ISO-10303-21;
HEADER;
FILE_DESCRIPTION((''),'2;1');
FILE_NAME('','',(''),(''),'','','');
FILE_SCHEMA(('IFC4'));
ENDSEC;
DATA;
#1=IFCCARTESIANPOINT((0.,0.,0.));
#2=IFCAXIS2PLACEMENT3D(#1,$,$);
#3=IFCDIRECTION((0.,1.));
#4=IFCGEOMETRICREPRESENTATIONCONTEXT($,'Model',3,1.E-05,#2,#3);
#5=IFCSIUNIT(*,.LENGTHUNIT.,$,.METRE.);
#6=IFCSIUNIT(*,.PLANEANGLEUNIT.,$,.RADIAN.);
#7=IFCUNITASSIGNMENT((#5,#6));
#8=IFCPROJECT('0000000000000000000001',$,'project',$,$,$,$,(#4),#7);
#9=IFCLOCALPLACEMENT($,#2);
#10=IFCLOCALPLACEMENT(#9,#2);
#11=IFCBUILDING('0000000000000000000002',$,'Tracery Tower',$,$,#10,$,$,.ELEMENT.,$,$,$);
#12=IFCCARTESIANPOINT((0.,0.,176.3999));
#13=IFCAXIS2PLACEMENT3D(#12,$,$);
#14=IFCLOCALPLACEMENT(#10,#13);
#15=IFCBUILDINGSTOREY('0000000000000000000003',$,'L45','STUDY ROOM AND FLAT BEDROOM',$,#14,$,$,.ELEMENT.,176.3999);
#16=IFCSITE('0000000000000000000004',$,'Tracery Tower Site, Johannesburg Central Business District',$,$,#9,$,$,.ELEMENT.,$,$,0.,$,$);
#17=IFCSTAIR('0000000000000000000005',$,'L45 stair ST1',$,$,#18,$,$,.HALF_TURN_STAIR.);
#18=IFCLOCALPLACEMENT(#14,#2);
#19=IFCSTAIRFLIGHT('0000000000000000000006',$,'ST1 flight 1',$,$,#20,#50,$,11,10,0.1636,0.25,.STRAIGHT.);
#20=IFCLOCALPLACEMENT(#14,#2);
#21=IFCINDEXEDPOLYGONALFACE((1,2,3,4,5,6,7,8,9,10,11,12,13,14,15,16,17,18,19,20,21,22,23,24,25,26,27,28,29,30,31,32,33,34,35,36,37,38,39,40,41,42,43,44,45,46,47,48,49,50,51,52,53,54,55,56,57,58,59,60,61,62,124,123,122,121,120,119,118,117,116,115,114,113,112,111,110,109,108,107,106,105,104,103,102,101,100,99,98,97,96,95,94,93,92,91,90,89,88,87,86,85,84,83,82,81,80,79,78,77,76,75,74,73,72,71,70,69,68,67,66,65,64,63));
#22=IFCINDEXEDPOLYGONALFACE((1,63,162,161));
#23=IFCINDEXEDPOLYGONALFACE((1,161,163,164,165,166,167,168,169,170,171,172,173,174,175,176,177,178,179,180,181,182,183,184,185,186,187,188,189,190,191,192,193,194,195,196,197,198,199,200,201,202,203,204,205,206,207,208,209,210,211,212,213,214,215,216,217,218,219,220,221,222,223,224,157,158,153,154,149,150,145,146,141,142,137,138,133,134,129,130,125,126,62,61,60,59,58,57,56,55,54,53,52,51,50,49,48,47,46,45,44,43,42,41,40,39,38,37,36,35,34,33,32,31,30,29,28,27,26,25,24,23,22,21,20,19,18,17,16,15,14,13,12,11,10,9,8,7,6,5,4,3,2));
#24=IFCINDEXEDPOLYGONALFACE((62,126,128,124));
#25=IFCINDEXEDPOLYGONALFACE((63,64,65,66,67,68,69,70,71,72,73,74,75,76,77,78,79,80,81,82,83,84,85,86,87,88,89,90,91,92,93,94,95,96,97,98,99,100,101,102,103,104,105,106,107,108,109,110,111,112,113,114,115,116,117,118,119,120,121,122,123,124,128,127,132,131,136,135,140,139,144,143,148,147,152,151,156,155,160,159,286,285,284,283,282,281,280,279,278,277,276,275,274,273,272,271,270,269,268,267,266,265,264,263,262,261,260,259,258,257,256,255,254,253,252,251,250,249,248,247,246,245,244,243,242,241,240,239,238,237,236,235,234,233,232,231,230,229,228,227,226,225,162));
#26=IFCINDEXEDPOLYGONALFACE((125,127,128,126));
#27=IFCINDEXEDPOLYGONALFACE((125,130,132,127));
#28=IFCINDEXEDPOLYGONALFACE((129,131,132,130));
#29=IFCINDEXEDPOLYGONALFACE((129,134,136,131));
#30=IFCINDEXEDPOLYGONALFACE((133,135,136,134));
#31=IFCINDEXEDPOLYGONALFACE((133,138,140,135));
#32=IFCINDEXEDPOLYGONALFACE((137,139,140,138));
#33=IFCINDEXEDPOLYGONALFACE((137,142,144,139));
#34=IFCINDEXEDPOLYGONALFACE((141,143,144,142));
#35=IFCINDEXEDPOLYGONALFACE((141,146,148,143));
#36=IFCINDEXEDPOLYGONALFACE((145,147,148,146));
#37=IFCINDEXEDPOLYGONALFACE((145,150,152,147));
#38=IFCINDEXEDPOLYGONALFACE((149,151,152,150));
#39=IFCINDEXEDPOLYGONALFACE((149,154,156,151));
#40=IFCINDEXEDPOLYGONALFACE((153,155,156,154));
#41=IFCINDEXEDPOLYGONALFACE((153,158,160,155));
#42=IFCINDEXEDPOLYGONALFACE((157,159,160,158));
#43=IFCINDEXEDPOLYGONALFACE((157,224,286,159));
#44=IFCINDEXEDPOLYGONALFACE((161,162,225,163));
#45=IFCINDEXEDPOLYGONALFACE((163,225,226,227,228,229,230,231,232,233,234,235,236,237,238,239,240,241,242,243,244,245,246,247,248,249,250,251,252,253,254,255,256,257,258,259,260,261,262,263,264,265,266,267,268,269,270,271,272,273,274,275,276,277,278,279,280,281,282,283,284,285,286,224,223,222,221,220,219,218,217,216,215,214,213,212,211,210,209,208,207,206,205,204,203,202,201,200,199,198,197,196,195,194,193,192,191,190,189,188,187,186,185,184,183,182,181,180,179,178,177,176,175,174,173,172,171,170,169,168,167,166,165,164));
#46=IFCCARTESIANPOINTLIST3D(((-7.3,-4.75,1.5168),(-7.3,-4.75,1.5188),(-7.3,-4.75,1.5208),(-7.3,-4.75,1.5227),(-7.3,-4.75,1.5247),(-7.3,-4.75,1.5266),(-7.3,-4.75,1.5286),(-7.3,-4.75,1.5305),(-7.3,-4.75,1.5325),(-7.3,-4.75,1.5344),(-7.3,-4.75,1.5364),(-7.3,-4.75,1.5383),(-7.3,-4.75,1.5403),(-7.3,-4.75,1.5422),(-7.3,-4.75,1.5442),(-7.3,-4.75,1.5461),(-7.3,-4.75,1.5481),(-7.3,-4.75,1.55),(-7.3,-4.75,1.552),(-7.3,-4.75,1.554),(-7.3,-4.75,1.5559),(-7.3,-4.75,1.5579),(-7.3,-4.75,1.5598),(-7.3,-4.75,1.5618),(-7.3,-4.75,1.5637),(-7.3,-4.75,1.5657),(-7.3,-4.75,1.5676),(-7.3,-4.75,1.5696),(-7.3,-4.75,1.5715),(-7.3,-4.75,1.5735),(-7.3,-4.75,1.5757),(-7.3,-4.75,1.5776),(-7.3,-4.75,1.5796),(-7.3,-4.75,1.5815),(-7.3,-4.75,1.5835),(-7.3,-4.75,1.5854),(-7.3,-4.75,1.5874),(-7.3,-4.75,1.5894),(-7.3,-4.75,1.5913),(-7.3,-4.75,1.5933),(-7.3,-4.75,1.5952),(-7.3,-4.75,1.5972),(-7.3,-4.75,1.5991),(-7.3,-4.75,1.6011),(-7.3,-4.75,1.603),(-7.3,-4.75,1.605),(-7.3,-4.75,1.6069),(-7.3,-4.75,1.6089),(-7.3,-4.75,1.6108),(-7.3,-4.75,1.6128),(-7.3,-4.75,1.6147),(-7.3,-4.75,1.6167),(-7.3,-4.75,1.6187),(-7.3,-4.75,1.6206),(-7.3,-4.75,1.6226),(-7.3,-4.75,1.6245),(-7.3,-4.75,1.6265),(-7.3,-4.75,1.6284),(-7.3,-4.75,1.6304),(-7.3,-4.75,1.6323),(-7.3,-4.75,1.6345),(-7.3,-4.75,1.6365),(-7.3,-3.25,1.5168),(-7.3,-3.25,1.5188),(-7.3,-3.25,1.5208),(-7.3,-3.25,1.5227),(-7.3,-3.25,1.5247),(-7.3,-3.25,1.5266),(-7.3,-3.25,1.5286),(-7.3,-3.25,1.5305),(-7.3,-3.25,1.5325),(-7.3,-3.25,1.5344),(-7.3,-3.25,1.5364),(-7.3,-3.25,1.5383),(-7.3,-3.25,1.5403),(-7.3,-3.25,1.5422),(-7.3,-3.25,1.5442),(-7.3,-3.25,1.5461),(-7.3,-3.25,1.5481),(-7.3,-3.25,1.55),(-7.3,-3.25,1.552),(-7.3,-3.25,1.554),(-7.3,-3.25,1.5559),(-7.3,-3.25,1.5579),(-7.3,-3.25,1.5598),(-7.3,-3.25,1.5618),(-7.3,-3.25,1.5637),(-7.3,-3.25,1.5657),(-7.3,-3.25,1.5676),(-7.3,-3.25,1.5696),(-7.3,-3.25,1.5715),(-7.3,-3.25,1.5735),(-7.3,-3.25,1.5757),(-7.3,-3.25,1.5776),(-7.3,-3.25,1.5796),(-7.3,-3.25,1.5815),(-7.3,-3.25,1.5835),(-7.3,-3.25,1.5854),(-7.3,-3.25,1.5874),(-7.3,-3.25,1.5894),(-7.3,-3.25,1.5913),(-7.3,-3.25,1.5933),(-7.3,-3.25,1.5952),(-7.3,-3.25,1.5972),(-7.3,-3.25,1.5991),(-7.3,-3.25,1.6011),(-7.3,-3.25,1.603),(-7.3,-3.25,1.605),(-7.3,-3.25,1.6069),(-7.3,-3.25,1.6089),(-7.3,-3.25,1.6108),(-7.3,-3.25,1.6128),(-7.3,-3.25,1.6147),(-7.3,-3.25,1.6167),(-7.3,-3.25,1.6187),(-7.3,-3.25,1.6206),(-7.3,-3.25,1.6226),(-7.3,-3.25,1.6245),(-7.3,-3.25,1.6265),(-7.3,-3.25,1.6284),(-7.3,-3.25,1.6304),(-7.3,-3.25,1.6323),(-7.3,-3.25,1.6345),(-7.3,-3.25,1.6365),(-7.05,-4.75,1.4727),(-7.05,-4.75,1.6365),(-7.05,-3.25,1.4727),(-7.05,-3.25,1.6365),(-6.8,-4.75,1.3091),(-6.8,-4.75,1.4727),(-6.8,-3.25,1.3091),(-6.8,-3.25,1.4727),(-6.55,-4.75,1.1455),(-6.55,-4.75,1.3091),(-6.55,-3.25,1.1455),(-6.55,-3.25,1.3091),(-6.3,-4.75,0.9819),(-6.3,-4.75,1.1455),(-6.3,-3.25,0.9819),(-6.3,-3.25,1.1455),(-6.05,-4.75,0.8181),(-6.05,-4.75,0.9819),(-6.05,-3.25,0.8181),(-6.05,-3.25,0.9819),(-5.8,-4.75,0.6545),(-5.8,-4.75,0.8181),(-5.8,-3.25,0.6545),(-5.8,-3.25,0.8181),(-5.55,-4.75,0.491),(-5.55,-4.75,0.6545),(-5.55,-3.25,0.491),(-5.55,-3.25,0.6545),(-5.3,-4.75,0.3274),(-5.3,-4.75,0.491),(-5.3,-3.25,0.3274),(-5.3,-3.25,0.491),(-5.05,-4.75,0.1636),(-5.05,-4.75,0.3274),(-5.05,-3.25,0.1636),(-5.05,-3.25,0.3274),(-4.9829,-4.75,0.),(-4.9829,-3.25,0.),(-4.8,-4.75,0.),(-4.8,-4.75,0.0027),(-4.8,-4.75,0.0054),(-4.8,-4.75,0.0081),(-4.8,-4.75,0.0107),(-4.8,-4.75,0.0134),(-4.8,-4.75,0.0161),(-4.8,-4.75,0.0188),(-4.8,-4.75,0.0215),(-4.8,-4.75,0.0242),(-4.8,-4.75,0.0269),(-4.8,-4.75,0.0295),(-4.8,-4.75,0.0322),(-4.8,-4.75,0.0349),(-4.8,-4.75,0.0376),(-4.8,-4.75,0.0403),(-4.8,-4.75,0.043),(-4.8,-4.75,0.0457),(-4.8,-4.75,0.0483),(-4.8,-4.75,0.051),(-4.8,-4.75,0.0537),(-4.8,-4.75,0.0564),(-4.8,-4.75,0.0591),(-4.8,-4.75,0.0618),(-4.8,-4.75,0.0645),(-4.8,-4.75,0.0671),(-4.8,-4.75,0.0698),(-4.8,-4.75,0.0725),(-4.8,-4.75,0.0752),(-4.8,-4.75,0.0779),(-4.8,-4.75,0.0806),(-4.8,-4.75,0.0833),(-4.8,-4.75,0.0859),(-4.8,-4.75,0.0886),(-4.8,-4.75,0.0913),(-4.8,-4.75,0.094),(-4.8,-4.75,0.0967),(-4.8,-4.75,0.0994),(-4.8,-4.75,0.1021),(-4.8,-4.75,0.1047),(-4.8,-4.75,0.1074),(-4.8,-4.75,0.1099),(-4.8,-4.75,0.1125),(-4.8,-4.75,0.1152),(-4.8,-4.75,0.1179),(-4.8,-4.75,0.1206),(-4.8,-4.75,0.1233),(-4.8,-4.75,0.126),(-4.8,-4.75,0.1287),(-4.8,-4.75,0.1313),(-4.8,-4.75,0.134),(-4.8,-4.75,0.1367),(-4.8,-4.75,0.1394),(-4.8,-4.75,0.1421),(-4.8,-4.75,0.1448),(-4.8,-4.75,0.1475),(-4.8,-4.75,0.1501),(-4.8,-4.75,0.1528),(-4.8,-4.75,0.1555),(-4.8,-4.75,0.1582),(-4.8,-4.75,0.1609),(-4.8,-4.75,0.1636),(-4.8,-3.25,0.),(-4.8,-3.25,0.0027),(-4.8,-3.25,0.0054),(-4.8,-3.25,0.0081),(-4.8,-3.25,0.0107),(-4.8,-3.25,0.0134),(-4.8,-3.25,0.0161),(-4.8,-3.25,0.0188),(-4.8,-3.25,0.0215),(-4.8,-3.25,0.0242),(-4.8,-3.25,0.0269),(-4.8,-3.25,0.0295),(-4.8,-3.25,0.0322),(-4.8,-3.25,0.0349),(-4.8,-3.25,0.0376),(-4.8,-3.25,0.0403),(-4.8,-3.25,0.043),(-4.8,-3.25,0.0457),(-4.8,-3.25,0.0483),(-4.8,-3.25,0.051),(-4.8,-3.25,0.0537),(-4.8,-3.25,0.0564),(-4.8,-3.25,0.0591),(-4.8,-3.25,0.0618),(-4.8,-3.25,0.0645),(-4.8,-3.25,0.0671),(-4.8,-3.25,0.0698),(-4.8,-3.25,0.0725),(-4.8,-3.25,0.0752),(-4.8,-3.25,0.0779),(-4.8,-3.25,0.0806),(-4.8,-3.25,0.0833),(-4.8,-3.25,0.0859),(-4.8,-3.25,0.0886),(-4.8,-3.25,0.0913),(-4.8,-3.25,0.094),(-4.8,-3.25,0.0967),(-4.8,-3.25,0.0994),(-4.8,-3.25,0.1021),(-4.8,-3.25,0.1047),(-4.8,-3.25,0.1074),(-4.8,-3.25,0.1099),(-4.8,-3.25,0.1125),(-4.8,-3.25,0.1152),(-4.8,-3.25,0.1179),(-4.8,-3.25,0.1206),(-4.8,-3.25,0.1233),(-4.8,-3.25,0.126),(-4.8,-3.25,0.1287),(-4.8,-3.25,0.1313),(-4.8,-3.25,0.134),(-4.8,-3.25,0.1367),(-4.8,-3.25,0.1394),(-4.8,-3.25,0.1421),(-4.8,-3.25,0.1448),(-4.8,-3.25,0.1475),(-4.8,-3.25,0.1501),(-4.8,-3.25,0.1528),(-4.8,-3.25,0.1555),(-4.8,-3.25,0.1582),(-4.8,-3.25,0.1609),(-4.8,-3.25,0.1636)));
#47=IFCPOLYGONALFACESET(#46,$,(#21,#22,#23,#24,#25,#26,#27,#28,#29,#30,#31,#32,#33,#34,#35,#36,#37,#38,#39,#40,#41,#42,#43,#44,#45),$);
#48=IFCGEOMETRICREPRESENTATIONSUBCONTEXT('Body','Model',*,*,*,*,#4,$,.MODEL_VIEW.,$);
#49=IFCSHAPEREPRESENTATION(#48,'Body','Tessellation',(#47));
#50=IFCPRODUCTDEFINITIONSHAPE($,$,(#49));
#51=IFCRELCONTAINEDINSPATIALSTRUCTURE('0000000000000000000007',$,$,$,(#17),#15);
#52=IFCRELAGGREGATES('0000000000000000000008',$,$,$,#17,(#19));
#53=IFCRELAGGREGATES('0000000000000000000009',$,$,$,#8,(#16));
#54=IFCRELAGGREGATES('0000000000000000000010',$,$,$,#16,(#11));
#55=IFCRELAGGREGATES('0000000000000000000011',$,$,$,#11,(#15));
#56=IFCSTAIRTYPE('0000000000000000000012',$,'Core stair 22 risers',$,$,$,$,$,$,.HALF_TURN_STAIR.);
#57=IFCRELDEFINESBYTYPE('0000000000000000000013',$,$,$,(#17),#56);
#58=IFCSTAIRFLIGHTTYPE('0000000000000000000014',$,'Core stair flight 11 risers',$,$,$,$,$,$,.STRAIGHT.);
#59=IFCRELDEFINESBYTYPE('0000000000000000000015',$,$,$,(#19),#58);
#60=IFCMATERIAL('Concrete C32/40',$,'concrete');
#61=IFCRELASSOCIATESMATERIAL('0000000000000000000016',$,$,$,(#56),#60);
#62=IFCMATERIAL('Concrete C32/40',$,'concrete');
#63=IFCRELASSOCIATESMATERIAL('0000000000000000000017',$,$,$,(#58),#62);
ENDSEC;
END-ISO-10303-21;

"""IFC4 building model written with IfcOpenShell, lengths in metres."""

from ifc_helpers import new_model, si_unit, direction, frame, origin, place, context, subcontext, project, spatial, polyline, outline, extrude, material, type_object, element, aggregate, save


model = new_model("IFC4")

# Units and contexts
model_context = context("Model", 3, precision=1e-05, world=origin(), true_north=direction((0.0, 1.0)))
body_context = subcontext(model_context, "Body", "Model", "MODEL_VIEW")
ifc_project = project(units=[si_unit("LENGTHUNIT", "METRE"), si_unit("PLANEANGLEUNIT", "RADIAN")], contexts=[model_context])

# Site, building, storey
site_placement = place(None, origin())
site = spatial("IfcSite", under=ifc_project, at=site_placement, Name="Tracery Tower Site, Johannesburg Central Business District", CompositionType="ELEMENT", RefElevation=0.0)
building_placement = place(site_placement, origin())
building = spatial("IfcBuilding", under=site, at=building_placement, Name="Tracery Tower", CompositionType="ELEMENT")
storey_placement = place(building_placement, frame((0.0, 0.0, 176.3999)))
storey = spatial("IfcBuildingStorey", under=building, at=storey_placement, Name="L45", Description="STUDY ROOM AND FLAT BEDROOM", CompositionType="ELEMENT", Elevation=176.3999)

# Stair, stair flight
ifc_material_1 = material(Name="Concrete C32/40", Category="concrete")
stair_type = type_object("IfcStairType", Name="Core stair 22 risers", PredefinedType="HALF_TURN_STAIR", material=ifc_material_1)
stair_placement = place(storey_placement, origin())
stair = element("IfcStair", 1, at=stair_placement, inside=storey, type_object=stair_type, Name="L45 stair ST1", PredefinedType="HALF_TURN_STAIR")
ifc_material_2 = material(Name="Concrete C32/40", Category="concrete")
stair_flight_type = type_object("IfcStairFlightType", Name="Core stair flight 11 risers", PredefinedType="STRAIGHT", material=ifc_material_2)
stair_flight_1_placement = place(storey_placement, frame((-4.8, -4.0, 0.0), z_axis=(0.0, 0.0, 1.0), x_axis=(-1.0, 0.0, 0.0)))
stair_flight_1 = element("IfcStairFlight", 2, at=stair_flight_1_placement, type_object=stair_flight_type, Name="ST1 flight 1", NumberOfRisers=11, NumberOfTreads=10, PredefinedType="STRAIGHT", RiserHeight=0.1636, TreadLength=0.25, context=body_context, shape_type="SweptSolid", body=[
    extrude(outline(polyline([(0.0, 0.0), (0.0, 0.0027), (0.0, 0.0054), (0.0, 0.0081), (0.0, 0.0107), (0.0, 0.0134), (0.0, 0.0161), (0.0, 0.0188), (0.0, 0.0215), (0.0, 0.0242), (0.0, 0.0269), (0.0, 0.0295), (0.0, 0.0322), (0.0, 0.0349), (0.0, 0.0376), (0.0, 0.0403), (0.0, 0.043), (0.0, 0.0457), (0.0, 0.0483), (0.0, 0.051), (0.0, 0.0537), (0.0, 0.0564), (0.0, 0.0591), (0.0, 0.0618), (0.0, 0.0645), (0.0, 0.0671), (0.0, 0.0698), (0.0, 0.0725), (0.0, 0.0752), (0.0, 0.0779), (0.0, 0.0806), (0.0, 0.0833), (0.0, 0.0859), (0.0, 0.0886), (0.0, 0.0913), (0.0, 0.094), (0.0, 0.0967), (0.0, 0.0994), (0.0, 0.1021), (0.0, 0.1047), (0.0, 0.1074), (0.0, 0.1099), (0.0, 0.1125), (0.0, 0.1152), (0.0, 0.1179), (0.0, 0.1206), (0.0, 0.1233), (0.0, 0.126), (0.0, 0.1287), (0.0, 0.1313), (0.0, 0.134), (0.0, 0.1367), (0.0, 0.1394), (0.0, 0.1421), (0.0, 0.1448), (0.0, 0.1475), (0.0, 0.1501), (0.0, 0.1528), (0.0, 0.1555), (0.0, 0.1582), (0.0, 0.1609), (0.0, 0.1636), (0.25, 0.1636), (0.25, 0.3274), (0.5, 0.3274), (0.5, 0.491), (0.75, 0.491), (0.75, 0.6545), (1.0, 0.6545), (1.0, 0.8181), (1.25, 0.8181), (1.25, 0.9819), (1.5, 0.9819), (1.5, 1.1455), (1.75, 1.1455), (1.75, 1.3091), (2.0, 1.3091), (2.0, 1.4727), (2.25, 1.4727), (2.25, 1.6365), (2.5, 1.6365), (2.5, 1.6345), (2.5, 1.6323), (2.5, 1.6304), (2.5, 1.6284), (2.5, 1.6265), (2.5, 1.6245), (2.5, 1.6226), (2.5, 1.6206), (2.5, 1.6187), (2.5, 1.6167), (2.5, 1.6147), (2.5, 1.6128), (2.5, 1.6108), (2.5, 1.6089), (2.5, 1.6069), (2.5, 1.605), (2.5, 1.603), (2.5, 1.6011), (2.5, 1.5991), (2.5, 1.5972), (2.5, 1.5952), (2.5, 1.5933), (2.5, 1.5913), (2.5, 1.5894), (2.5, 1.5874), (2.5, 1.5854), (2.5, 1.5835), (2.5, 1.5815), (2.5, 1.5796), (2.5, 1.5776), (2.5, 1.5757), (2.5, 1.5735), (2.5, 1.5715), (2.5, 1.5696), (2.5, 1.5676), (2.5, 1.5657), (2.5, 1.5637), (2.5, 1.5618), (2.5, 1.5598), (2.5, 1.5579), (2.5, 1.5559), (2.5, 1.554), (2.5, 1.552), (2.5, 1.55), (2.5, 1.5481), (2.5, 1.5461), (2.5, 1.5442), (2.5, 1.5422), (2.5, 1.5403), (2.5, 1.5383), (2.5, 1.5364), (2.5, 1.5344), (2.5, 1.5325), (2.5, 1.5305), (2.5, 1.5286), (2.5, 1.5266), (2.5, 1.5247), (2.5, 1.5227), (2.5, 1.5208), (2.5, 1.5188), (2.5, 1.5168), (0.1829, 0.0), (0.0, 0.0)])), frame((0.0, 0.75, 0.0), z_axis=(0.0, -1.0, 0.0), x_axis=(1.0, 0.0, 0.0)), (0.0, 0.0, 1.0), 1.5),
])
aggregate(stair, [stair_flight_1])

save(model, "model.ifc")
